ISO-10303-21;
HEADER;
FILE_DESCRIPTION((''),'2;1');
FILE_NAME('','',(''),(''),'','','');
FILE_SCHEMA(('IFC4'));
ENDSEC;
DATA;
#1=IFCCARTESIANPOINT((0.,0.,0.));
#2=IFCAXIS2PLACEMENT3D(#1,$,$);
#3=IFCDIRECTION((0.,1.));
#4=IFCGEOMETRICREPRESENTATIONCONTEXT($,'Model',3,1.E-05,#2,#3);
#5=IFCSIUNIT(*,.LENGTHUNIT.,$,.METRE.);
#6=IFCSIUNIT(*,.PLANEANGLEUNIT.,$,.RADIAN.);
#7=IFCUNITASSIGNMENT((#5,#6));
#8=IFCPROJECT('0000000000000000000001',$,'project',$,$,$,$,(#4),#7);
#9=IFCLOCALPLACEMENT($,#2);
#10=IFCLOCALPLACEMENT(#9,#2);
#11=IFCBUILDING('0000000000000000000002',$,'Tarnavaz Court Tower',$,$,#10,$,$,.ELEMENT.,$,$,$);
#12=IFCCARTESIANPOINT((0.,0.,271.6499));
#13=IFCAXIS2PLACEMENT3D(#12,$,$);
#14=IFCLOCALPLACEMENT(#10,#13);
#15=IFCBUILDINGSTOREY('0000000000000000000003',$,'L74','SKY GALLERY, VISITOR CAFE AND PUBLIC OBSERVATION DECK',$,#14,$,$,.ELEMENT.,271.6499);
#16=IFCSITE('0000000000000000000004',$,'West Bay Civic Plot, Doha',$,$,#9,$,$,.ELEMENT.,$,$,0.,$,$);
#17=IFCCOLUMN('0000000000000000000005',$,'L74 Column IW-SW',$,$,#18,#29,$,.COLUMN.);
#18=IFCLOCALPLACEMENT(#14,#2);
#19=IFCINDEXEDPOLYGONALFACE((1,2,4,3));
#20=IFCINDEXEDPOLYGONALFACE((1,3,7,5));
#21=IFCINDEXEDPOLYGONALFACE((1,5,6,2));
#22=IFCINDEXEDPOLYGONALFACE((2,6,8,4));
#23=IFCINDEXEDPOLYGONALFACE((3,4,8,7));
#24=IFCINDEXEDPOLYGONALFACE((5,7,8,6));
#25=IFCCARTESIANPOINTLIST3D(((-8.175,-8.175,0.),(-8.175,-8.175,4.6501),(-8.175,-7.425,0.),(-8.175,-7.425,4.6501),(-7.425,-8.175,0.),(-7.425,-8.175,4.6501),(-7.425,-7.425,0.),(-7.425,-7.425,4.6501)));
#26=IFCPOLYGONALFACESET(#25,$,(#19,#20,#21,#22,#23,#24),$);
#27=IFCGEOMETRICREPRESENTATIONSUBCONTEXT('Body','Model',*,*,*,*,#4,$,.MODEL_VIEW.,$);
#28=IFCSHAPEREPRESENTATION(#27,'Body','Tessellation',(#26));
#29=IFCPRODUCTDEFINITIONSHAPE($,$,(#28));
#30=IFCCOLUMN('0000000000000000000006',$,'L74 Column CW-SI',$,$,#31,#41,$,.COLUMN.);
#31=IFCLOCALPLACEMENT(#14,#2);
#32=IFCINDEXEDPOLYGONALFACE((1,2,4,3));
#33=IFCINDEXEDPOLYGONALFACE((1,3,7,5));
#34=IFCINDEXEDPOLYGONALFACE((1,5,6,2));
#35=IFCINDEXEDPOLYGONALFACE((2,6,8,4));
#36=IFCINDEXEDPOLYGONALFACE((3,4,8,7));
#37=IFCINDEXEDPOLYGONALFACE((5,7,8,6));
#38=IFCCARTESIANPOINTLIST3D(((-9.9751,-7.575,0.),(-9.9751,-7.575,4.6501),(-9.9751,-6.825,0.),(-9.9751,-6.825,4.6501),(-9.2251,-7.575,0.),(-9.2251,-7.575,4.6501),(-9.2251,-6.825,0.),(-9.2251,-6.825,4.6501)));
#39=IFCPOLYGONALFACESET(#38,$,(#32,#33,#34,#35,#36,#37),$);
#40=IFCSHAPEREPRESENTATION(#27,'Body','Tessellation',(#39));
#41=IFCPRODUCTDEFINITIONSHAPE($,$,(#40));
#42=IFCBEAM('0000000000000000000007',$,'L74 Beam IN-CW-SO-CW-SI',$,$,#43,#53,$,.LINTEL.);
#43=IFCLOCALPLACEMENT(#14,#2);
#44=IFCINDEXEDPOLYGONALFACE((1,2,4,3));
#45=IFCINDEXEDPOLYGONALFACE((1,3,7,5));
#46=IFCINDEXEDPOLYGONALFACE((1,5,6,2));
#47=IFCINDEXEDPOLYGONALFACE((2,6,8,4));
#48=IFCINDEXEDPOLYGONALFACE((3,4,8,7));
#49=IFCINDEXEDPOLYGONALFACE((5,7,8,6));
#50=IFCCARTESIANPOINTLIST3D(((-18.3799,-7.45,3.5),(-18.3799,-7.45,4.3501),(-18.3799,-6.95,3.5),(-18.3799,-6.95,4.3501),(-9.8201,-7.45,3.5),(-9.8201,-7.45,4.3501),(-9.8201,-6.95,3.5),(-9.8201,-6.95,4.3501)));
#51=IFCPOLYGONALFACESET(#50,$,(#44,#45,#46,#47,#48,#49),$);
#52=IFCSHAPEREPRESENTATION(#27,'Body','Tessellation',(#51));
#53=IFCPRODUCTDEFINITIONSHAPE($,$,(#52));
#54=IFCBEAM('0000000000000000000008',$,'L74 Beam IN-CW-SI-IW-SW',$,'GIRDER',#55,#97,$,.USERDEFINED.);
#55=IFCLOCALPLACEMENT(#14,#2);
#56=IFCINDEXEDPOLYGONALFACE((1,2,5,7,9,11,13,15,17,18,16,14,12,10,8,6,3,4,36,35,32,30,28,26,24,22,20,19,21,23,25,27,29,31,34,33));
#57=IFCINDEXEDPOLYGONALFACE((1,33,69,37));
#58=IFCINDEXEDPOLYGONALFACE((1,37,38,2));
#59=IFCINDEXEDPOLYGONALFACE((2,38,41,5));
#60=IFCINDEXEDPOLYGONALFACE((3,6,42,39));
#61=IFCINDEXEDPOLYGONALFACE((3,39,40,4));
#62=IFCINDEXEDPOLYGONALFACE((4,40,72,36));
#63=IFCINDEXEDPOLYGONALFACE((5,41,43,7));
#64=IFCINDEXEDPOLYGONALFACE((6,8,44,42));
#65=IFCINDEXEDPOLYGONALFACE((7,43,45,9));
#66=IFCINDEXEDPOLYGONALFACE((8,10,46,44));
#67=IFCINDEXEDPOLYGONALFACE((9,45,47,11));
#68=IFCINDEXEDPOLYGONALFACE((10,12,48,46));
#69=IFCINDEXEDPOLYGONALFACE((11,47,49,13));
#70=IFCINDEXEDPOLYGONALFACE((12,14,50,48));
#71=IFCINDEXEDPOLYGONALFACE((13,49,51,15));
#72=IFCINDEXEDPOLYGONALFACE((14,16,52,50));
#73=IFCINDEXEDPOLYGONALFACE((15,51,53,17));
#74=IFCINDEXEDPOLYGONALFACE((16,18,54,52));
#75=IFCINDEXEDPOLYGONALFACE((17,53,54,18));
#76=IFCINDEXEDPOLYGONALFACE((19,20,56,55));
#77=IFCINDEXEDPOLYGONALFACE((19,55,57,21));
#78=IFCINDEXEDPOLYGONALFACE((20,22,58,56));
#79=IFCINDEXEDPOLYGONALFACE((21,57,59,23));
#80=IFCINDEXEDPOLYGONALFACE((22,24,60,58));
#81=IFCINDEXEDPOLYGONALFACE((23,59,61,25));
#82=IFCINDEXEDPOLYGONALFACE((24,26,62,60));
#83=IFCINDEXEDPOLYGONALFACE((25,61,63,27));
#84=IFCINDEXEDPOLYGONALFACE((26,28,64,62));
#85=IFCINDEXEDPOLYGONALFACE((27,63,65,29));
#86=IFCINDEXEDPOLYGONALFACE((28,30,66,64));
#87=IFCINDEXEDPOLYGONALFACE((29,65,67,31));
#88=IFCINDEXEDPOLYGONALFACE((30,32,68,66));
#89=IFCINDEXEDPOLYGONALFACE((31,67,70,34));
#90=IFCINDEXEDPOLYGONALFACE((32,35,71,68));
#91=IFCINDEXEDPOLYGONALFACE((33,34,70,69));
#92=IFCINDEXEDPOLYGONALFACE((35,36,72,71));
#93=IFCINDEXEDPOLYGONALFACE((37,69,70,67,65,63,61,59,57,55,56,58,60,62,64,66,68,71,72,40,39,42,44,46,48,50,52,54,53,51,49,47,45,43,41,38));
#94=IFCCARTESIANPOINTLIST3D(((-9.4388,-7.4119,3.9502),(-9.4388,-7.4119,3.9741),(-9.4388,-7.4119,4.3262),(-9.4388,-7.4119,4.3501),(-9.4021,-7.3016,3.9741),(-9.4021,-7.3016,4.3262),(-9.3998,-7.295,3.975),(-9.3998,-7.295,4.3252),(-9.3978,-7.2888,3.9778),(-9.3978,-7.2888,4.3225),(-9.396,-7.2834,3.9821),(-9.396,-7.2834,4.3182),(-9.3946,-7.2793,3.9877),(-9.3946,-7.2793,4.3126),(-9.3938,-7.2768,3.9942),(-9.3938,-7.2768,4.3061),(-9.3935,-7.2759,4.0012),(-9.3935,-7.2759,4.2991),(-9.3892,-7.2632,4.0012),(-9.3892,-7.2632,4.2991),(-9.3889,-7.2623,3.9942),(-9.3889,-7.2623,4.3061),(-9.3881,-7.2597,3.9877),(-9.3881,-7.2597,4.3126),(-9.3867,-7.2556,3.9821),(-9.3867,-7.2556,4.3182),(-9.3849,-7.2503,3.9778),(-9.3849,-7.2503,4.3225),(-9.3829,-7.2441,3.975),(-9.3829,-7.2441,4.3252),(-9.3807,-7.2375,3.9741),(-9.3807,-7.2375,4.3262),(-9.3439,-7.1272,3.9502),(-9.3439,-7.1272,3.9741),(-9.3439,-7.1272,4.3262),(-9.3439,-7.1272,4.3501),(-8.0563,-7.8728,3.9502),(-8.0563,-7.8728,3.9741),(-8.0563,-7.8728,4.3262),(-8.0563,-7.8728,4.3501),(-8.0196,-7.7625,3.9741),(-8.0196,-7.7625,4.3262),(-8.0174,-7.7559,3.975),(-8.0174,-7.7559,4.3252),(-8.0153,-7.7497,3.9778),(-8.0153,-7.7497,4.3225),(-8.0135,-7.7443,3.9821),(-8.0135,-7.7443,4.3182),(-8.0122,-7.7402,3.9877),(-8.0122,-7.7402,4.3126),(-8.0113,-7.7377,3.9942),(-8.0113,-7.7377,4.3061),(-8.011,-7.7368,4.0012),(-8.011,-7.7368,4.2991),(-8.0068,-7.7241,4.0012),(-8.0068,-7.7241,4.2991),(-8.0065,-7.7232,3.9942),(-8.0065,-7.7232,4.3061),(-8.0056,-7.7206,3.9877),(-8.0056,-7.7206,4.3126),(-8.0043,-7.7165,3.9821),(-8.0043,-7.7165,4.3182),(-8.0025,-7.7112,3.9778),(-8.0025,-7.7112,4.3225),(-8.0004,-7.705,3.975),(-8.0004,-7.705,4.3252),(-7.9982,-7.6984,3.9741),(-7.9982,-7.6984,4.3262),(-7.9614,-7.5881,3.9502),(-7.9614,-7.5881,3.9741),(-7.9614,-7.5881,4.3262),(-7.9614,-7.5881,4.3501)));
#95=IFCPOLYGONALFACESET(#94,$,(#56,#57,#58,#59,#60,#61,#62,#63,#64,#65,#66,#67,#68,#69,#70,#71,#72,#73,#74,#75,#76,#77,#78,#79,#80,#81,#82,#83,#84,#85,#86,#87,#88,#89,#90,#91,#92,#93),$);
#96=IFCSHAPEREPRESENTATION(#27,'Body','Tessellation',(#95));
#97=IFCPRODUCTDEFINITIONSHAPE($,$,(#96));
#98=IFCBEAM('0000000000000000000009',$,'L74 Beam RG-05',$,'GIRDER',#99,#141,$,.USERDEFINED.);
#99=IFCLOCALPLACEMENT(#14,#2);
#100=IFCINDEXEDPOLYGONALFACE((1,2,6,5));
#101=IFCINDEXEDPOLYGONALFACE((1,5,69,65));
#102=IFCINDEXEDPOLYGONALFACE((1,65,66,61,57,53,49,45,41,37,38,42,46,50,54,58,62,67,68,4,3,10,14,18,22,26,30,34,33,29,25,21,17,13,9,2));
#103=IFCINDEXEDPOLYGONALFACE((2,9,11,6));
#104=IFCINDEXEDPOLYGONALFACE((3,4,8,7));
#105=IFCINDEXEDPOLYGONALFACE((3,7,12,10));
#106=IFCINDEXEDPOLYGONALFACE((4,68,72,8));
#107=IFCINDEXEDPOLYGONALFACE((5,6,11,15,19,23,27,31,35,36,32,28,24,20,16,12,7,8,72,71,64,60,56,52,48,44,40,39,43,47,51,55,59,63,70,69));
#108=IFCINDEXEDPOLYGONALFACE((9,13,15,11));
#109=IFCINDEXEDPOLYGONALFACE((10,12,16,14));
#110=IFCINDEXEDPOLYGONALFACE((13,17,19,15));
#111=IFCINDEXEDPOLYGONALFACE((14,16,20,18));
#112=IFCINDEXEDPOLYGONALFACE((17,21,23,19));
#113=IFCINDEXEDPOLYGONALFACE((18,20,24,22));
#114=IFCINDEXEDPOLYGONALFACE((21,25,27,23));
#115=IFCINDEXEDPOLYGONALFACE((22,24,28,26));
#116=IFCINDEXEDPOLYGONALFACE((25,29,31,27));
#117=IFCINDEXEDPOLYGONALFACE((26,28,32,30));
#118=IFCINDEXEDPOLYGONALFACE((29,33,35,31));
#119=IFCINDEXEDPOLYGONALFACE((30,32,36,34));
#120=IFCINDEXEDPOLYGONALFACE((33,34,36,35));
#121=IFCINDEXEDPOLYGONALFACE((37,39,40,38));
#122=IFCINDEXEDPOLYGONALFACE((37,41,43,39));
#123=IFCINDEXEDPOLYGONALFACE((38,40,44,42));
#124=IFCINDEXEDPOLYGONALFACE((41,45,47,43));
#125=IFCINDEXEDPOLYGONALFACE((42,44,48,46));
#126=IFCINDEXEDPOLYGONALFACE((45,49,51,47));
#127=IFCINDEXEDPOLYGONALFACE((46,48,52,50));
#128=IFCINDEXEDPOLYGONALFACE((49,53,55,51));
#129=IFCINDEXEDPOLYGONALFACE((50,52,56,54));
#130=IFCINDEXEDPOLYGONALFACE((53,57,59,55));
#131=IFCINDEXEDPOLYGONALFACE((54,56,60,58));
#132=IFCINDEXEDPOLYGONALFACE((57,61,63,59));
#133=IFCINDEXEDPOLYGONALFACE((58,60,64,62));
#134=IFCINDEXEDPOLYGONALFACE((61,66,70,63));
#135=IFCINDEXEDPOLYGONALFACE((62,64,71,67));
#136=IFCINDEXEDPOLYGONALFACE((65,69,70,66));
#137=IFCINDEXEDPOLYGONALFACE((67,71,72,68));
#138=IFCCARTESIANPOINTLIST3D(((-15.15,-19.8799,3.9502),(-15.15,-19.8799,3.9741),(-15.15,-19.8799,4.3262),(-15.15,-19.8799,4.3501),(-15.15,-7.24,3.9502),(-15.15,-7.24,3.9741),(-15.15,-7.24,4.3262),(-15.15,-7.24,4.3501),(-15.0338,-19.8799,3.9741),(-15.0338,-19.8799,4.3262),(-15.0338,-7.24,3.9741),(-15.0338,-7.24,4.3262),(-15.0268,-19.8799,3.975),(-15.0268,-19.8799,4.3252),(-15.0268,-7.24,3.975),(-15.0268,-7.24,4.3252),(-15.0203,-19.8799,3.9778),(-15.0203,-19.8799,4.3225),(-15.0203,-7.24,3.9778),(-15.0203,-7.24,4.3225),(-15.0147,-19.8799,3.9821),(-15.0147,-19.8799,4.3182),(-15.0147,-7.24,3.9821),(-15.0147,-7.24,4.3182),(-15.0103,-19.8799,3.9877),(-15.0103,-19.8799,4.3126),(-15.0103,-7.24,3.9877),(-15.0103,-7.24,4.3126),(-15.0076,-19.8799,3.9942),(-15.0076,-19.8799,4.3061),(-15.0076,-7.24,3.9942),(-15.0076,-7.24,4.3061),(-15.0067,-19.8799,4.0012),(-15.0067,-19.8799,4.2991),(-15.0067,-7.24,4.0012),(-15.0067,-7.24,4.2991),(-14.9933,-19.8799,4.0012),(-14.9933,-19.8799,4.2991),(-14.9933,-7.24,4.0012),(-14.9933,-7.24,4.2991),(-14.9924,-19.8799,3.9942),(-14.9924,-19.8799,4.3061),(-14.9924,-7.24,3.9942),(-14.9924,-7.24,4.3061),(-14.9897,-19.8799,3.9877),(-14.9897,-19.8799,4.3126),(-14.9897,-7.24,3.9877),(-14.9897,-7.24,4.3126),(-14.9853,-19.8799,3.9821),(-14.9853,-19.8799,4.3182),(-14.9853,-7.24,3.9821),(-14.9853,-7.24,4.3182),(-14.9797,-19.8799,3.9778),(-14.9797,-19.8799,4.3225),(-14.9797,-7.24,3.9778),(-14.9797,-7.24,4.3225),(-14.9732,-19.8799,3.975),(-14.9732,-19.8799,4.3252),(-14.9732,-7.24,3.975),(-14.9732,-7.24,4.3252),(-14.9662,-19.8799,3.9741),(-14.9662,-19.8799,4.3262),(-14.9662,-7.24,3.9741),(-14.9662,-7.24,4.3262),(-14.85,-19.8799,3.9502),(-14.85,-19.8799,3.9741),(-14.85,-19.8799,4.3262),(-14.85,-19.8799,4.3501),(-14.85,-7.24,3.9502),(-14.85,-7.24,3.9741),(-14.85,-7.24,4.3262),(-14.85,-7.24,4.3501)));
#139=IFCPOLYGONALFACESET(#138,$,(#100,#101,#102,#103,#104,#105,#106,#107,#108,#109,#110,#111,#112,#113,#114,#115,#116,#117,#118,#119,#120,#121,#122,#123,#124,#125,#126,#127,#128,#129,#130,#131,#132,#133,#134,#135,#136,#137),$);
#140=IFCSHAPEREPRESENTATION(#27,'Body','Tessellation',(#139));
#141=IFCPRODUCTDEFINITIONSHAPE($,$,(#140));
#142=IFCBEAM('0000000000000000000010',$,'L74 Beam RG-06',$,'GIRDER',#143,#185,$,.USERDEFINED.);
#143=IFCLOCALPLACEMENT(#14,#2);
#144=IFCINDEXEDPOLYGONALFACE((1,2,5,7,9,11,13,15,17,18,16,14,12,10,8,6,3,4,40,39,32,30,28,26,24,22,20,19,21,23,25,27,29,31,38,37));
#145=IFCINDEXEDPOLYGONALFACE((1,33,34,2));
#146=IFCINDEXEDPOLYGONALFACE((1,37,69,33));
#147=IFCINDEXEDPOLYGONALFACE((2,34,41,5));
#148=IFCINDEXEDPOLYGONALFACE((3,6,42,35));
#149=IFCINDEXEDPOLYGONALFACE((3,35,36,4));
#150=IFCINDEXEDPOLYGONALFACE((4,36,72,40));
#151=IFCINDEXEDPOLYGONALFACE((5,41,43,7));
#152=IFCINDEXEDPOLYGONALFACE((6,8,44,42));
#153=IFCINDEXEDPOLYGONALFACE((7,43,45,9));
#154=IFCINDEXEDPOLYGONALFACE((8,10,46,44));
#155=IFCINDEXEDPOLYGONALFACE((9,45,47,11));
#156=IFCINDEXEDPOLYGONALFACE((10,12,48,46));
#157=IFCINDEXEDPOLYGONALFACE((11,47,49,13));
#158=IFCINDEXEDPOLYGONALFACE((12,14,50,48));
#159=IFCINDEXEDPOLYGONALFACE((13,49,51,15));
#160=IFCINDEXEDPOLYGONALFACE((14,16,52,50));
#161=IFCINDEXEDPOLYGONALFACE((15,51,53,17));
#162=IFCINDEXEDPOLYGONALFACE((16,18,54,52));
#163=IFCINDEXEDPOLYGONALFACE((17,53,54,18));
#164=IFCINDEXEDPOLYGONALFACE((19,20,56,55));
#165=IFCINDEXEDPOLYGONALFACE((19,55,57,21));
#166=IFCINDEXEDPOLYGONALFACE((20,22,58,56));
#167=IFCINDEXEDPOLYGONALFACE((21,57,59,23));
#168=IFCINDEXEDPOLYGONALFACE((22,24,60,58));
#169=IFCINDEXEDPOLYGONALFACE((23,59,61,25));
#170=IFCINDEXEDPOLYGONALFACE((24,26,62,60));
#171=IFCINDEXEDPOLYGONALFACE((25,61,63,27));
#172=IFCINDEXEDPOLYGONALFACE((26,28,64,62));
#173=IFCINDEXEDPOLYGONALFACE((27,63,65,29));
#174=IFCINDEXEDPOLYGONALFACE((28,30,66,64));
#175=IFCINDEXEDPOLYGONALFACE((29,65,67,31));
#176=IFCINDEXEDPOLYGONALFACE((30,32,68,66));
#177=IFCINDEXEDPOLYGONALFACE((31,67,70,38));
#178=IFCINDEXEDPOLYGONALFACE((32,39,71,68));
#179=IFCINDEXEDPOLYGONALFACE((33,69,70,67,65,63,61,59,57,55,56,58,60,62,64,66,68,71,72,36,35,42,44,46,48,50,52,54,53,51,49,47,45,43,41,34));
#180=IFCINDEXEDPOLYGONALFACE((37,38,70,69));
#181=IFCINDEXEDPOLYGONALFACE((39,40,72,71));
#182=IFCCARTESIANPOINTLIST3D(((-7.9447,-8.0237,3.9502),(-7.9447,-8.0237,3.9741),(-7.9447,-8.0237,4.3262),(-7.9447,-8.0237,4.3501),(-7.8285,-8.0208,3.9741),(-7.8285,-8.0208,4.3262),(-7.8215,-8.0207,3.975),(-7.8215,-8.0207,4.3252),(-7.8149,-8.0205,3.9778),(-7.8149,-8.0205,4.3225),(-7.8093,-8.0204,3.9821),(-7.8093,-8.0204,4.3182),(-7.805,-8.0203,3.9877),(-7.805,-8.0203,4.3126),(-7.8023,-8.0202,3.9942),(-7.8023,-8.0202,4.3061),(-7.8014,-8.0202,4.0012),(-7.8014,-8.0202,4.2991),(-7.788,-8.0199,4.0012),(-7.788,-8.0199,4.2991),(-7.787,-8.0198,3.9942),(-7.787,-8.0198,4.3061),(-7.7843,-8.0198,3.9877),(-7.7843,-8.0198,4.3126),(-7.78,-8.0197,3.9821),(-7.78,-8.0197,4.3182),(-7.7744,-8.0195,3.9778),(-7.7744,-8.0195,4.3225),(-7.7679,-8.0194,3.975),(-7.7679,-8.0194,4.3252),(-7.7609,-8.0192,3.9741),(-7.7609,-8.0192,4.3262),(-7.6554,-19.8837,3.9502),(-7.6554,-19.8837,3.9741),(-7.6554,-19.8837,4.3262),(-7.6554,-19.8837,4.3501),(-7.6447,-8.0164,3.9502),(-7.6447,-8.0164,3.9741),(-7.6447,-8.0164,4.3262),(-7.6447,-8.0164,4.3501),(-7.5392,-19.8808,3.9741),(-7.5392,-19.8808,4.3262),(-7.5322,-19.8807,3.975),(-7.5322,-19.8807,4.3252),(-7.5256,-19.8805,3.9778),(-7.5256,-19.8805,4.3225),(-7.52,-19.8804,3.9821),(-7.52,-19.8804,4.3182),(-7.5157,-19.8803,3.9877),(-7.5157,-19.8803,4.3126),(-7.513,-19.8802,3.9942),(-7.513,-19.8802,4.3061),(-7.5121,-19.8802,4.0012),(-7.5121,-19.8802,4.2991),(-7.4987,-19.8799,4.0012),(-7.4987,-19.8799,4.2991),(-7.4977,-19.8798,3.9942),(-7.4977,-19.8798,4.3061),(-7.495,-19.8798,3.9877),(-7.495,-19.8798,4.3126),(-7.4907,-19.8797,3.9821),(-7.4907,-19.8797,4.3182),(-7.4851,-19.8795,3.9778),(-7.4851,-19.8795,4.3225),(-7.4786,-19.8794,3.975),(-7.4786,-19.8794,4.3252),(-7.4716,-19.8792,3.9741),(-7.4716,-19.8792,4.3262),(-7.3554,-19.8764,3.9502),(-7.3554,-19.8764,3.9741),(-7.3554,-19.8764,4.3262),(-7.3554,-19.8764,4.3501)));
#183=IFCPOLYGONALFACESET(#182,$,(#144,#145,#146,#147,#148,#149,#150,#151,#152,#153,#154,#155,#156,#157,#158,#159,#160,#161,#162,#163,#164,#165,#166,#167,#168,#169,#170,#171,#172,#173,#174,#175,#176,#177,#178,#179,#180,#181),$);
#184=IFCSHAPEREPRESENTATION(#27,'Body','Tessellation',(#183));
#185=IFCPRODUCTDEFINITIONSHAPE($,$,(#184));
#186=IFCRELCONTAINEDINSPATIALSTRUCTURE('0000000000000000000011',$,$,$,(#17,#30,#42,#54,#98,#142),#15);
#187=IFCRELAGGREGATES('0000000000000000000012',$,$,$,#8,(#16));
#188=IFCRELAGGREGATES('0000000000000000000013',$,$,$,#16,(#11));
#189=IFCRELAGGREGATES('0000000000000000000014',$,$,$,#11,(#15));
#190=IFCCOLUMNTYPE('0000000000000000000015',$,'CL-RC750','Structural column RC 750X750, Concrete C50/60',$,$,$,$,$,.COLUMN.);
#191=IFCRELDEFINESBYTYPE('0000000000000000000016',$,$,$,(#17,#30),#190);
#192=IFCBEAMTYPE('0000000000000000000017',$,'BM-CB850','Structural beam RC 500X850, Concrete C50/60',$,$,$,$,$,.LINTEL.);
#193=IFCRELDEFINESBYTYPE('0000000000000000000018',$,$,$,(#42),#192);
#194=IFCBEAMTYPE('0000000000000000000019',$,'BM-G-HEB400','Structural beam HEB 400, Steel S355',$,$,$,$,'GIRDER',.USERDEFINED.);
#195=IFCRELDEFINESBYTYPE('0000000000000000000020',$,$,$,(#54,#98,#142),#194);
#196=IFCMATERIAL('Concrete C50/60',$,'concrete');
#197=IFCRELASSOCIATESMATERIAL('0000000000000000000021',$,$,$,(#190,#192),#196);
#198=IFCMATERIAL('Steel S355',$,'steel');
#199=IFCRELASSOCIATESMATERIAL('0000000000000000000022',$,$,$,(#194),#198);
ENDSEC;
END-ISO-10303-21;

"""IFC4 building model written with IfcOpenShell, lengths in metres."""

from ifc_helpers import new_model, si_unit, direction, frame, origin, origin_2d, place, context, subcontext, project, spatial, rectangle, i_section, extrude, material, material_profile, profile_set, type_object, element, save


model = new_model("IFC4")

# Units and contexts
model_context = context("Model", 3, precision=1e-05, world=origin(), true_north=direction((0.0, 1.0)))
body_context = subcontext(model_context, "Body", "Model", "MODEL_VIEW")
ifc_project = project(units=[si_unit("LENGTHUNIT", "METRE"), si_unit("PLANEANGLEUNIT", "RADIAN")], contexts=[model_context])

# Site, building, storey
site_placement = place(None, origin())
site = spatial("IfcSite", under=ifc_project, at=site_placement, Name="West Bay Civic Plot, Doha", CompositionType="ELEMENT", RefElevation=0.0)
building_placement = place(site_placement, origin())
building = spatial("IfcBuilding", under=site, at=building_placement, Name="Tarnavaz Court Tower", CompositionType="ELEMENT")
storey_placement = place(building_placement, frame((0.0, 0.0, 271.6499)))
storey = spatial("IfcBuildingStorey", under=building, at=storey_placement, Name="L74", Description="SKY GALLERY, VISITOR CAFE AND PUBLIC OBSERVATION DECK", CompositionType="ELEMENT", Elevation=271.6499)

# Columns
ifc_material_1 = material(Name="Concrete C50/60", Category="concrete")
ifc_material_profile_1 = material_profile(ifc_material_1, rectangle(XDim=0.75, YDim=0.75, at=origin_2d()), Name="RC 750X750")
ifc_profile_set_1 = profile_set([ifc_material_profile_1], Name="Concrete C50/60")
column_type = type_object("IfcColumnType", Name="CL-RC750", Description="Structural column RC 750X750, Concrete C50/60", PredefinedType="COLUMN", material=ifc_profile_set_1)
for number, where, z_axis, x_axis, name in (
    (1, (-7.8, -7.8, 0.0), (0.0, 0.0, 1.0), (1.0, 0.0, 0.0), "L74 Column IW-SW"),
    (2, (-9.6001, -7.2, 0.0), (0.0, 0.0, 1.0), (1.0, 0.0, 0.0), "L74 Column CW-SI"),
):
    element("IfcColumn", number, at=place(storey_placement, frame(where, z_axis=z_axis, x_axis=x_axis)), inside=storey, type_object=column_type, Name=name, PredefinedType="COLUMN", context=body_context, shape_type="SweptSolid", body=[
        extrude(rectangle(XDim=0.75, YDim=0.75, at=origin_2d()), origin(), (0.0, 0.0, 1.0), 4.6501),
    ])

# Beams
ifc_material_profile_2 = material_profile(ifc_material_1, rectangle(XDim=0.5, YDim=0.8501, at=origin_2d()), Name="RC 500X850")
ifc_profile_set_2 = profile_set([ifc_material_profile_2], Name="Concrete C50/60")
beam_type_1 = type_object("IfcBeamType", Name="BM-CB850", Description="Structural beam RC 500X850, Concrete C50/60", PredefinedType="LINTEL", material=ifc_profile_set_2)
beam_1_placement = place(storey_placement, frame((-18.3799, -7.2, 3.925), z_axis=(1.0, 0.0, 0.0), x_axis=(0.0, 1.0, 0.0)))
element("IfcBeam", 3, at=beam_1_placement, inside=storey, type_object=beam_type_1, Name="L74 Beam IN-CW-SO-CW-SI", PredefinedType="LINTEL", context=body_context, shape_type="SweptSolid", body=[
    extrude(rectangle(XDim=0.5, YDim=0.8501, at=origin_2d()), origin(), (0.0, 0.0, 1.0), 8.5598),
])
ifc_material_2 = material(Name="Steel S355", Category="steel")
ifc_material_profile_3 = material_profile(ifc_material_2, i_section(OverallWidth=0.3, OverallDepth=0.3999, WebThickness=0.0134, FlangeThickness=0.0239, FilletRadius=0.0271, at=origin_2d()), Name="HEB 400")
ifc_profile_set_3 = profile_set([ifc_material_profile_3], Name="Steel S355")
beam_type_2 = type_object("IfcBeamType", Name="BM-G-HEB400", Description="Structural beam HEB 400, Steel S355", ElementType="GIRDER", PredefinedType="USERDEFINED", material=ifc_profile_set_3)
beam_2_placement = place(storey_placement, frame((-9.3914, -7.2695, 4.1501), z_axis=(0.948667, -0.316278, 0.0), x_axis=(0.316278, 0.948667, 0.0)))
element("IfcBeam", 4, at=beam_2_placement, inside=storey, type_object=beam_type_2, Name="L74 Beam IN-CW-SI-IW-SW", ObjectType="GIRDER", PredefinedType="USERDEFINED", context=body_context, shape_type="SweptSolid", body=[
    extrude(i_section(OverallWidth=0.3, OverallDepth=0.3999, WebThickness=0.0134, FlangeThickness=0.0239, FilletRadius=0.0271, at=origin_2d()), origin(), (0.0, 0.0, 1.0), 1.4573),
])
beam_3_placement = place(storey_placement, frame((-15.0, -7.24, 4.1501), z_axis=(0.0, -1.0, 0.0), x_axis=(1.0, 0.0, 0.0)))
element("IfcBeam", 5, at=beam_3_placement, inside=storey, type_object=beam_type_2, Name="L74 Beam RG-05", ObjectType="GIRDER", PredefinedType="USERDEFINED", context=body_context, shape_type="SweptSolid", body=[
    extrude(i_section(OverallWidth=0.3, OverallDepth=0.3999, WebThickness=0.0134, FlangeThickness=0.0239, FilletRadius=0.0271, at=origin_2d()), origin(), (0.0, 0.0, 1.0), 12.6399),
])
beam_4_placement = place(storey_placement, frame((-7.7947, -8.02, 4.1501), z_axis=(0.024386, -0.999703, 0.0), x_axis=(0.999703, 0.024386, 0.0)))
element("IfcBeam", 6, at=beam_4_placement, inside=storey, type_object=beam_type_2, Name="L74 Beam RG-06", ObjectType="GIRDER", PredefinedType="USERDEFINED", context=body_context, shape_type="SweptSolid", body=[
    extrude(i_section(OverallWidth=0.3, OverallDepth=0.3999, WebThickness=0.0134, FlangeThickness=0.0239, FilletRadius=0.0271, at=origin_2d()), origin(), (0.0, 0.0, 1.0), 11.8635),
])

save(model, "model.ifc")
